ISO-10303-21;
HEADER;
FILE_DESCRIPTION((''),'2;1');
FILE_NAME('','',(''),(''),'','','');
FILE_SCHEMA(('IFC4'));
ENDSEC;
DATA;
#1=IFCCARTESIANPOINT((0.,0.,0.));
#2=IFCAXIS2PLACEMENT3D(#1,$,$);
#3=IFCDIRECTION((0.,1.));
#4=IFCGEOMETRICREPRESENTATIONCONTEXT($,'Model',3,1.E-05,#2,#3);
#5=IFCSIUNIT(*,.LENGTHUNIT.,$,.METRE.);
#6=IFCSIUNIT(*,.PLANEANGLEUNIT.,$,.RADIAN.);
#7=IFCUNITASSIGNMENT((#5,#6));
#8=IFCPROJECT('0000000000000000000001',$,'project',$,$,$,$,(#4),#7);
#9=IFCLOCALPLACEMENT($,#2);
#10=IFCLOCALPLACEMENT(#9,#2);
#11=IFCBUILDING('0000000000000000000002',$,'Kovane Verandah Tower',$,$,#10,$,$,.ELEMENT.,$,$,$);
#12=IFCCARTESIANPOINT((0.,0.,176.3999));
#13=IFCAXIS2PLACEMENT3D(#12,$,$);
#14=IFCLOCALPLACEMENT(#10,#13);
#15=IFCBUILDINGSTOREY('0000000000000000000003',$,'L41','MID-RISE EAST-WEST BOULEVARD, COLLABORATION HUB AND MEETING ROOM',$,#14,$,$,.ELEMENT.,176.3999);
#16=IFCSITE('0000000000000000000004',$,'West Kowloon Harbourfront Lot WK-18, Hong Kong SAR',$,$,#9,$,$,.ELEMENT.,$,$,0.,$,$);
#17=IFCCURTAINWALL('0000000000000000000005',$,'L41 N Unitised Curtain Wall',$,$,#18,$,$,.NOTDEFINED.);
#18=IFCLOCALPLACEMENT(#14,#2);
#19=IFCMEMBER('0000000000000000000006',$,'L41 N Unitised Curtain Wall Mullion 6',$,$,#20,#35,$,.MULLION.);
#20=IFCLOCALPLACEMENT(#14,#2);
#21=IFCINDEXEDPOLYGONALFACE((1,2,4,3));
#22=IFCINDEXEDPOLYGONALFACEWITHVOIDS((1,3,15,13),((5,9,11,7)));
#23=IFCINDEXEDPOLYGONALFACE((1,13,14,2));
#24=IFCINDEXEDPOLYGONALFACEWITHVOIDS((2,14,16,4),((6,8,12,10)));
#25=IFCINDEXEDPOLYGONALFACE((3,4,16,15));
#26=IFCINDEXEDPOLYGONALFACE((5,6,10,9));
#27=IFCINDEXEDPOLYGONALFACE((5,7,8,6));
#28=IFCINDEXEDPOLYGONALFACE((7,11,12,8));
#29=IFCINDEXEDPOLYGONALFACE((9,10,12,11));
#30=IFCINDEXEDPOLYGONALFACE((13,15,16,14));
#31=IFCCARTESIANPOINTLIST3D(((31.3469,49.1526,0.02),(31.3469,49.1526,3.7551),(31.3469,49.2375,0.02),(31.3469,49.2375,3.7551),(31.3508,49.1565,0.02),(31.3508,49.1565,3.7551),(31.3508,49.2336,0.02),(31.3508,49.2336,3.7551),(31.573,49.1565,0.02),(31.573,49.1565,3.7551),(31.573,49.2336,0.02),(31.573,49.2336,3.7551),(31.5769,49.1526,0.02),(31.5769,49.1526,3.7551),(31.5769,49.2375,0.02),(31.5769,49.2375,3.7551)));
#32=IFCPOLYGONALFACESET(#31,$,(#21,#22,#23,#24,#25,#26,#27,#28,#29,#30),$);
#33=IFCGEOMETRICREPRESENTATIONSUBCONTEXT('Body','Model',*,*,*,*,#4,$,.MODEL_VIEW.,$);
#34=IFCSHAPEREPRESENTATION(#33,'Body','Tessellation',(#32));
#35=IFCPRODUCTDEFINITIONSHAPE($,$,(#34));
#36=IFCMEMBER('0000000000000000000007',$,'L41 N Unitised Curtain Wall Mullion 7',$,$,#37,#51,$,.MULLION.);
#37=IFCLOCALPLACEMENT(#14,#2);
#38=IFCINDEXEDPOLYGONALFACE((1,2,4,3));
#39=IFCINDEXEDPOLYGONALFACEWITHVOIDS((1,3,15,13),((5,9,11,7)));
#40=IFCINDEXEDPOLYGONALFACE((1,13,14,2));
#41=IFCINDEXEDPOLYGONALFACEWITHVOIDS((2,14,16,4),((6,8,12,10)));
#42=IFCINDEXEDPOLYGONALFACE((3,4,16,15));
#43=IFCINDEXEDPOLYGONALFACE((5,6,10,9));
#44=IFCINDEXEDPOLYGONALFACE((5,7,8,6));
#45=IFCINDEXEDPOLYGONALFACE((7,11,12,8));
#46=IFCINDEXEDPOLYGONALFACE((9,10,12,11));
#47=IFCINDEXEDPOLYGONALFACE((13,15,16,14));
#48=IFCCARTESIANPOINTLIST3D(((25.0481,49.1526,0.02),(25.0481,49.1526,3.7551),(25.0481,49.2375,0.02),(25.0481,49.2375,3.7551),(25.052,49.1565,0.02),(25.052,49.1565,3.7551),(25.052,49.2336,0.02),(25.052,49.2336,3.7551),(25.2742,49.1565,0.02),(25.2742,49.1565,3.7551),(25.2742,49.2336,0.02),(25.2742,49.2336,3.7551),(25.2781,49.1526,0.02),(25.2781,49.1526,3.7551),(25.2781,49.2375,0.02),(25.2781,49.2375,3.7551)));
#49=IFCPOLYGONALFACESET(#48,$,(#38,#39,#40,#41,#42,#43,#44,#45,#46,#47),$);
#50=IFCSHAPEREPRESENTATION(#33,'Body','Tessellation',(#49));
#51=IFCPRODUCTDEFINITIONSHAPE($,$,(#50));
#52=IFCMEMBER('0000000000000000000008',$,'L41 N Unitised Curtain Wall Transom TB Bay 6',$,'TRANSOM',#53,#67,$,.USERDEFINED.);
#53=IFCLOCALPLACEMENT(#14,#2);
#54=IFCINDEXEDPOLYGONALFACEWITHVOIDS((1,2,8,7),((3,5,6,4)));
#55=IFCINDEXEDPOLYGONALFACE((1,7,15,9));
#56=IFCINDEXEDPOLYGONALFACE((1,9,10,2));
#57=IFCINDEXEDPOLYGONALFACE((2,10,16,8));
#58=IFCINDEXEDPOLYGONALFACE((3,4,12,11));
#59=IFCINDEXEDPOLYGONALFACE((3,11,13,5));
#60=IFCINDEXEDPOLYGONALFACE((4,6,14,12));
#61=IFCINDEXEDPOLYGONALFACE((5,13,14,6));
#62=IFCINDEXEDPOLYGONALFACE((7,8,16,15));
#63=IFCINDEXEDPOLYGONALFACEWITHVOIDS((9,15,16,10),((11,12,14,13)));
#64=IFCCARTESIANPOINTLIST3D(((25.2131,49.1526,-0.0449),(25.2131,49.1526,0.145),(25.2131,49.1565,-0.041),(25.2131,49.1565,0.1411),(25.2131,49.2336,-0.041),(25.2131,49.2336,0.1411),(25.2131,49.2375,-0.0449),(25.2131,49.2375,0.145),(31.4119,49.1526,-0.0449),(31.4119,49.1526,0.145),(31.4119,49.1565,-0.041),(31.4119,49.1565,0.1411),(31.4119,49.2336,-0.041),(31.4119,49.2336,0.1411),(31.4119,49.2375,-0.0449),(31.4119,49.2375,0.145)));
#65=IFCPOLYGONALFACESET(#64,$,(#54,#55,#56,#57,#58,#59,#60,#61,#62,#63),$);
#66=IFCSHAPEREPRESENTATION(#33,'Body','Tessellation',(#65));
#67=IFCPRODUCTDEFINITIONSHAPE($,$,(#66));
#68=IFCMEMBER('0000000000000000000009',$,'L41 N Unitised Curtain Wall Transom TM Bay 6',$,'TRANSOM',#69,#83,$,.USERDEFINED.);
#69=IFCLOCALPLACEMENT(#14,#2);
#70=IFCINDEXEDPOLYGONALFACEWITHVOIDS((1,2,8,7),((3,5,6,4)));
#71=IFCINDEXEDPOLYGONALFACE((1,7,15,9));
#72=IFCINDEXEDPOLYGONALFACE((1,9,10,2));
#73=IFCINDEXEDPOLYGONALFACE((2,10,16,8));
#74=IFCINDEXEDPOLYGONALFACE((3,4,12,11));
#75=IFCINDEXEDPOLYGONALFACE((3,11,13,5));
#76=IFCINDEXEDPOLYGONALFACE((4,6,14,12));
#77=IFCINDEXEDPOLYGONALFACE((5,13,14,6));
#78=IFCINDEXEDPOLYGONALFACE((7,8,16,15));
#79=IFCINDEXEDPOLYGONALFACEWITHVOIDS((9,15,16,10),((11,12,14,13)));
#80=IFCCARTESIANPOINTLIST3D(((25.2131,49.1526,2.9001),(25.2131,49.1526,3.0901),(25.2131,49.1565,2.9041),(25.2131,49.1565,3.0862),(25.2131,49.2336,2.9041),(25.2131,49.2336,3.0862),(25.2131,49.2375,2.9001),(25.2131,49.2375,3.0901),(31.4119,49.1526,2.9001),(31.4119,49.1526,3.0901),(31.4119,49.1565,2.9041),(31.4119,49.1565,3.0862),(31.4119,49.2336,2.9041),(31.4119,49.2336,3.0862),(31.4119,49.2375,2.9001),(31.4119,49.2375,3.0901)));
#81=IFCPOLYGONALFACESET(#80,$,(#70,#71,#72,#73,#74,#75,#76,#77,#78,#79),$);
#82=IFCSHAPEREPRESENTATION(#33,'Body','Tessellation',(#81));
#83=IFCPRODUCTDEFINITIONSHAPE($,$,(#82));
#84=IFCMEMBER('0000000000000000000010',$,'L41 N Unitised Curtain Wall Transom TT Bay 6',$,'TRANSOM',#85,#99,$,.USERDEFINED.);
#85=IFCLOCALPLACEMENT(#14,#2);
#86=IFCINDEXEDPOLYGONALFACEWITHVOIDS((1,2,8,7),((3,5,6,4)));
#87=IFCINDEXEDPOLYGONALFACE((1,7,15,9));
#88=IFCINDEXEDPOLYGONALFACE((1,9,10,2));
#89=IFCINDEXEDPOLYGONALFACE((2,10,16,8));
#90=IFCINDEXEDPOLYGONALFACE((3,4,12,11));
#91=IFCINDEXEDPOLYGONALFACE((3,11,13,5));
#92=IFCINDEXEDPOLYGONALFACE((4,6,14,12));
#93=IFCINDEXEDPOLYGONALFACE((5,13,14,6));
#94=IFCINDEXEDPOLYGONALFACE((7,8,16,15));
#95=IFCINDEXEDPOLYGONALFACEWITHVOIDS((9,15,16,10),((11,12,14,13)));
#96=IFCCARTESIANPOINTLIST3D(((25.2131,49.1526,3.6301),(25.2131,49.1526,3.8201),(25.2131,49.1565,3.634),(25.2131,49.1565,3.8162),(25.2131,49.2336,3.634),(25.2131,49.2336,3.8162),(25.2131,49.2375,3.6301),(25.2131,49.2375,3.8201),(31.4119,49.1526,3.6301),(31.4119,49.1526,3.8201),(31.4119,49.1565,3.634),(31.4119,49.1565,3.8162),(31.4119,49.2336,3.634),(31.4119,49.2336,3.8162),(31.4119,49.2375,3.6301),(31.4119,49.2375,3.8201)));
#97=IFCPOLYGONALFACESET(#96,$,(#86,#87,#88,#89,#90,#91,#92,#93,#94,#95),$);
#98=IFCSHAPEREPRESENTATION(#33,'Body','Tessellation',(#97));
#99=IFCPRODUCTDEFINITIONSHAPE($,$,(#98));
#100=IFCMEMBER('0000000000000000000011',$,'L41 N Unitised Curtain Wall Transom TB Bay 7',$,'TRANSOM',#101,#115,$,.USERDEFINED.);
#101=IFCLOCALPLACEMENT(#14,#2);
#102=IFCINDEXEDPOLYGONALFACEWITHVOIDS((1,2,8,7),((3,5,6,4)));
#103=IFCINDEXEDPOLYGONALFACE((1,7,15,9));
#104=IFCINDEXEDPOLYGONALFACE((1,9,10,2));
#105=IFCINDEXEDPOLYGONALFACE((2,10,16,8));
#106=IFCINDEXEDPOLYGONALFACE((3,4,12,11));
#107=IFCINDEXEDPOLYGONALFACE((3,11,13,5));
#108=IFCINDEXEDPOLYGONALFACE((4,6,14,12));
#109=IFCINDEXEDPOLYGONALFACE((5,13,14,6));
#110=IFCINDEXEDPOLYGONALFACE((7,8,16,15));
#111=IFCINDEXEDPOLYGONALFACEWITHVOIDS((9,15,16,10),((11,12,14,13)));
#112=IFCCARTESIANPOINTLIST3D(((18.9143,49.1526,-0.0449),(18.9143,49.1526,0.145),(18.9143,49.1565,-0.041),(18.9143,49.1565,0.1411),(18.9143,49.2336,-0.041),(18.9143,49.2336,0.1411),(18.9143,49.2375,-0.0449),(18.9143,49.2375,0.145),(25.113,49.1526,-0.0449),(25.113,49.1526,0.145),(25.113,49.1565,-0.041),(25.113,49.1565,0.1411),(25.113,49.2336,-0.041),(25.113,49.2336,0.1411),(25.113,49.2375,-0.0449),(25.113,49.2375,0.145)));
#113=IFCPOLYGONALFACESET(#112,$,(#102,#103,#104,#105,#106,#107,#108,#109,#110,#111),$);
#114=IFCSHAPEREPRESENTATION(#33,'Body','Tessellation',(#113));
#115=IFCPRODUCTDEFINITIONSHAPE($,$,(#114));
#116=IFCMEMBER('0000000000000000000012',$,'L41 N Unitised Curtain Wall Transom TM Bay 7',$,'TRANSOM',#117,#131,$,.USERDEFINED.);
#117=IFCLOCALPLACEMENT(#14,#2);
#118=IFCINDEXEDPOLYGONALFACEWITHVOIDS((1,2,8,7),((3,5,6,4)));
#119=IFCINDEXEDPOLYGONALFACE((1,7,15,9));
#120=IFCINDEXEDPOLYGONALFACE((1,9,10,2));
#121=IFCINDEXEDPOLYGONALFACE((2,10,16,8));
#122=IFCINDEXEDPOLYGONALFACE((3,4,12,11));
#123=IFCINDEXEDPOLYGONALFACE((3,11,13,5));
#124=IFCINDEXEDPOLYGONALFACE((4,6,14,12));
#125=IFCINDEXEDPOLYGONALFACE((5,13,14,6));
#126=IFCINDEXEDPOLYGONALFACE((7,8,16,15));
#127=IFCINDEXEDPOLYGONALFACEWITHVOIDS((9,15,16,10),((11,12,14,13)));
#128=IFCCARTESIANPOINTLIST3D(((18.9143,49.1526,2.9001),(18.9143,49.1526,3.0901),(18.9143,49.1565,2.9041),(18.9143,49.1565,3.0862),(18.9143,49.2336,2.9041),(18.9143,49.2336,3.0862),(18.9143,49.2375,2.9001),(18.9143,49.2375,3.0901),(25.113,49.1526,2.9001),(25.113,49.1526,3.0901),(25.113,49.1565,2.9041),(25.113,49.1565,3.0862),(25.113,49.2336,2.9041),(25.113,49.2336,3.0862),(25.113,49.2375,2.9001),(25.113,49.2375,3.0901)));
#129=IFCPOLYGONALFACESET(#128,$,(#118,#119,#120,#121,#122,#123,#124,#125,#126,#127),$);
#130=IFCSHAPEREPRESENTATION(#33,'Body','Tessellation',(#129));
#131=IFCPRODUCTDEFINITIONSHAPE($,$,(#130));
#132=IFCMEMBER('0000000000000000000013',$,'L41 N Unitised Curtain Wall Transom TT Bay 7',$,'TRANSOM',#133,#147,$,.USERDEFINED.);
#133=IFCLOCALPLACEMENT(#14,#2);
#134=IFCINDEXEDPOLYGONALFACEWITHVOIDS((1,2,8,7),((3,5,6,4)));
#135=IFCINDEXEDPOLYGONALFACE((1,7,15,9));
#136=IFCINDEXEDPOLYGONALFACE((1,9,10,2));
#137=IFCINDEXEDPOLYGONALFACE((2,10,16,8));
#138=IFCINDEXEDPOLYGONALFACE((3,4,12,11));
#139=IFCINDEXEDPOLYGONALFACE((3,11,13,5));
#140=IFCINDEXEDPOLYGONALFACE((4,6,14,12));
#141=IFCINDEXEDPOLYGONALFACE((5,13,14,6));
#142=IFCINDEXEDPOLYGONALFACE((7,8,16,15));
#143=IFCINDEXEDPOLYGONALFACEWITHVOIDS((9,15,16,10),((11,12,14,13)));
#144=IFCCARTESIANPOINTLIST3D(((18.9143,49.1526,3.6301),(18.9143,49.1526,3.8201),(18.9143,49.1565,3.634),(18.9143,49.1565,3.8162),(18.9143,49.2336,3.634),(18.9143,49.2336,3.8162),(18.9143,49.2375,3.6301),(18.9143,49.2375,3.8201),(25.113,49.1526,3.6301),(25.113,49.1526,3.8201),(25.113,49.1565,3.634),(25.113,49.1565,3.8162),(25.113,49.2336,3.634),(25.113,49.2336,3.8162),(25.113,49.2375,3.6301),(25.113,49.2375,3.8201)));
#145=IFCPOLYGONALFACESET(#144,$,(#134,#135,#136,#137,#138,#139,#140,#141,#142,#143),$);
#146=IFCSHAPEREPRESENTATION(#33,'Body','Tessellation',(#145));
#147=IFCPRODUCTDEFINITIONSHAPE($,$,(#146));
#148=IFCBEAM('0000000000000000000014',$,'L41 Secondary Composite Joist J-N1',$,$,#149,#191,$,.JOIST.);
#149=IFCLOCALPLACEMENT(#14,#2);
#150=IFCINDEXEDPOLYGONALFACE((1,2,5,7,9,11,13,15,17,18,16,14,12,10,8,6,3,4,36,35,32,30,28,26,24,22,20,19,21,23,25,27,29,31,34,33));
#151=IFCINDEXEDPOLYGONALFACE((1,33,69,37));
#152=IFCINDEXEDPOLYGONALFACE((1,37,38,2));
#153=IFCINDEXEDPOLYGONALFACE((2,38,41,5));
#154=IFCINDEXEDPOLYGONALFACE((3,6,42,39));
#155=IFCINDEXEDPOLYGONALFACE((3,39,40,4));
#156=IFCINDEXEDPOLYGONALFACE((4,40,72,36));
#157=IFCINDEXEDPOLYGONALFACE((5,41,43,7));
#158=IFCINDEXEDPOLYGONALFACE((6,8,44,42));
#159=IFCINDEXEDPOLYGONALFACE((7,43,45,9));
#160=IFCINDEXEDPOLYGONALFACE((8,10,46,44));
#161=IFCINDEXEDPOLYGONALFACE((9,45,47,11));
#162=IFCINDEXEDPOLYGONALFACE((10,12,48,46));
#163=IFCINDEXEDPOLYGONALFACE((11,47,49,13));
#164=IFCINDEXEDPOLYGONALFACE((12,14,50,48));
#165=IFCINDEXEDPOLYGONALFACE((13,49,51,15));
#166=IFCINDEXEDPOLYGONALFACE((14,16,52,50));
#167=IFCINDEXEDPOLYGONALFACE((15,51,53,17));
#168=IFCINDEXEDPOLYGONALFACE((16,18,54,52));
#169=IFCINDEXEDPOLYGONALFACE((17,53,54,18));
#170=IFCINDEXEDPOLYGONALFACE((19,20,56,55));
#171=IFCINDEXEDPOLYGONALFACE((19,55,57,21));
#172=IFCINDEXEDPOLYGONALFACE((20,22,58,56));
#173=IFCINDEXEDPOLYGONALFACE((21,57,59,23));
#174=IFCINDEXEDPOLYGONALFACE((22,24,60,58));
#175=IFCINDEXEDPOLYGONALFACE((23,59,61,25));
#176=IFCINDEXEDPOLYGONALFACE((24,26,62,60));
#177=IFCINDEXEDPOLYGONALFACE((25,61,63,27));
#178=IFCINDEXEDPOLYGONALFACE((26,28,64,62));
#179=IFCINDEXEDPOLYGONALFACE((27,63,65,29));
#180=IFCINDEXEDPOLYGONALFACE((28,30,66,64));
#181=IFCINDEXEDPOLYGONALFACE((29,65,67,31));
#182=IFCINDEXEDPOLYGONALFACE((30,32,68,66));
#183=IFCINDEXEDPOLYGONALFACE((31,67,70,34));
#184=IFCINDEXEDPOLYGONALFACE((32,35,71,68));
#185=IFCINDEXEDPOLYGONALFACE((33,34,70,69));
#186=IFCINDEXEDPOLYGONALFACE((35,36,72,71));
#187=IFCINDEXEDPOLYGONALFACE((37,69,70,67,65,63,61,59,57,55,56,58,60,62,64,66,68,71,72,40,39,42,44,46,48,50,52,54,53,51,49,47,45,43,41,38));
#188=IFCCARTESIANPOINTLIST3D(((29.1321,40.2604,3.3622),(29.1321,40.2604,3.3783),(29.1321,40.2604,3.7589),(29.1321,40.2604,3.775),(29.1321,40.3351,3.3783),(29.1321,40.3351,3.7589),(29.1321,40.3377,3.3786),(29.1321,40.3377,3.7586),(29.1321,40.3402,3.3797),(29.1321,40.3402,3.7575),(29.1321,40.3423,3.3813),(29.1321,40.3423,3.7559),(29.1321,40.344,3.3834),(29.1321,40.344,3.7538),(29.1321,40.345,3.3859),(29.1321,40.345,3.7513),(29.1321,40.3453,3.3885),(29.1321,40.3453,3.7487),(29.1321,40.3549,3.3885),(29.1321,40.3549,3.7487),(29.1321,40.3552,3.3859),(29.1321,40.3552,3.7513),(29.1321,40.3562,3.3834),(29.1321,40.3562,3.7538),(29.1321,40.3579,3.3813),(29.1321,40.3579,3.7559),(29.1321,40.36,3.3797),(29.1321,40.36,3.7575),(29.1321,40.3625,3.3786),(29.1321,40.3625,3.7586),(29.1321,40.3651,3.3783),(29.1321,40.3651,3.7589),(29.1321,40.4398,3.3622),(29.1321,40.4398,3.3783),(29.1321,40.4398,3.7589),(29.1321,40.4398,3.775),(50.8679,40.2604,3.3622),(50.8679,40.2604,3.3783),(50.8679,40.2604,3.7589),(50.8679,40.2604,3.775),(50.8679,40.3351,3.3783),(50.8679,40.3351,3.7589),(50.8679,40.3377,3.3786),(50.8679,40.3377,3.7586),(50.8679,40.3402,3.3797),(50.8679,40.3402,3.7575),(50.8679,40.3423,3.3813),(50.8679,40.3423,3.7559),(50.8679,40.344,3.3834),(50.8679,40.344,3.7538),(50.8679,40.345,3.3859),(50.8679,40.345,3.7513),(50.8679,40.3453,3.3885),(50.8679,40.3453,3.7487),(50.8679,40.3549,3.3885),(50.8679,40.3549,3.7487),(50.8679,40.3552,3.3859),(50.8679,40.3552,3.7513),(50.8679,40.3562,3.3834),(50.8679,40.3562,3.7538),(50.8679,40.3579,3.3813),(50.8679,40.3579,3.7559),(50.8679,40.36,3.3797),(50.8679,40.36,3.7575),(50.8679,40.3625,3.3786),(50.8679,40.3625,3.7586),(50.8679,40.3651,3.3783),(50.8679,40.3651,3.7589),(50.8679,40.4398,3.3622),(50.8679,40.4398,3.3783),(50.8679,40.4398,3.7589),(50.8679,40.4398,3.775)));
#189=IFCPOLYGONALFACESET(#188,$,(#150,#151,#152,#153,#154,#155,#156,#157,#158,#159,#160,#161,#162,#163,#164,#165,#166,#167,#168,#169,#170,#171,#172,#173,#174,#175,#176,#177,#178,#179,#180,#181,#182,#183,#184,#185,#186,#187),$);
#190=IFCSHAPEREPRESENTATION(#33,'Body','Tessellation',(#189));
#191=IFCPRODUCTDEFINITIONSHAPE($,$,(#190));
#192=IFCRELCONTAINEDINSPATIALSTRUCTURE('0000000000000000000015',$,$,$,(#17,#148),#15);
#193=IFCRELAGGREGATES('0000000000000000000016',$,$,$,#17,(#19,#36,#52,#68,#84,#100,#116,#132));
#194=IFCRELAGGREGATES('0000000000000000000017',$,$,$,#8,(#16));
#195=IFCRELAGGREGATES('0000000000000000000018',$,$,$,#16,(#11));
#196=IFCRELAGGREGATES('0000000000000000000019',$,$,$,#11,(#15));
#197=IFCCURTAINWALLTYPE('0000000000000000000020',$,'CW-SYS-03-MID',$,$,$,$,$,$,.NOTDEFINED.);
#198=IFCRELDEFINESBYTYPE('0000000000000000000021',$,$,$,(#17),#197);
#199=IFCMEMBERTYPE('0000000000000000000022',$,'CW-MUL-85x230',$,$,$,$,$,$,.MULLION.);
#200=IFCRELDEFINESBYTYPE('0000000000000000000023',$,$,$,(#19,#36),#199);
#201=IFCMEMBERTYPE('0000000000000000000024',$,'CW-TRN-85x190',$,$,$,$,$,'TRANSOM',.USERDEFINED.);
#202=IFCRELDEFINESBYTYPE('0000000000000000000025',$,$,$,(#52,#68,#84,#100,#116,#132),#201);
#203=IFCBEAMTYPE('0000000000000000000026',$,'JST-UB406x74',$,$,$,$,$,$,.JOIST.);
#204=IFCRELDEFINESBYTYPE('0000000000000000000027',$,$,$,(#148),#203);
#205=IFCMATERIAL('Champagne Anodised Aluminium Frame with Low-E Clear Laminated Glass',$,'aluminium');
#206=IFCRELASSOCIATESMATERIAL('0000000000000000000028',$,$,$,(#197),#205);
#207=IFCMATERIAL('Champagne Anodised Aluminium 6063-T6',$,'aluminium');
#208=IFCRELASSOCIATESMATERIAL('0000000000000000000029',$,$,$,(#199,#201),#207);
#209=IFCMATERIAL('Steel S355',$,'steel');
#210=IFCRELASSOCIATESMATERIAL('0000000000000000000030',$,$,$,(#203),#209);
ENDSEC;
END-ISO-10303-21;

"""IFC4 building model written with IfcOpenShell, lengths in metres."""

from ifc_helpers import new_model, si_unit, direction, frame, origin, origin_2d, place, context, subcontext, project, spatial, hollow_rectangle, i_section, extrude, material, material_profile, profile_set, type_object, element, aggregate, save


model = new_model("IFC4")

# Units and contexts
model_context = context("Model", 3, precision=1e-05, world=origin(), true_north=direction((0.0, 1.0)))
body_context = subcontext(model_context, "Body", "Model", "MODEL_VIEW")
ifc_project = project(units=[si_unit("LENGTHUNIT", "METRE"), si_unit("PLANEANGLEUNIT", "RADIAN")], contexts=[model_context])

# Site, building, storey
site_placement = place(None, origin())
site = spatial("IfcSite", under=ifc_project, at=site_placement, Name="West Kowloon Harbourfront Lot WK-18, Hong Kong SAR", CompositionType="ELEMENT", RefElevation=0.0)
building_placement = place(site_placement, origin())
building = spatial("IfcBuilding", under=site, at=building_placement, Name="Kovane Verandah Tower", CompositionType="ELEMENT")
storey_placement = place(building_placement, frame((0.0, 0.0, 176.3999)))
storey = spatial("IfcBuildingStorey", under=building, at=storey_placement, Name="L41", Description="MID-RISE EAST-WEST BOULEVARD, COLLABORATION HUB AND MEETING ROOM", CompositionType="ELEMENT", Elevation=176.3999)

# Shared definitions
ifc_material_1 = material(Name="Steel S355", Category="steel")

# Curtain wall, members
ifc_material_2 = material(Name="Champagne Anodised Aluminium Frame with Low-E Clear Laminated Glass", Category="aluminium")
curtain_wall_type = type_object("IfcCurtainWallType", Name="CW-SYS-03-MID", PredefinedType="NOTDEFINED", material=ifc_material_2)
curtain_wall_placement = place(storey_placement, origin())
curtain_wall = element("IfcCurtainWall", 1, at=curtain_wall_placement, inside=storey, type_object=curtain_wall_type, Name="L41 N Unitised Curtain Wall", PredefinedType="NOTDEFINED")
ifc_material_3 = material(Name="Champagne Anodised Aluminium 6063-T6", Category="aluminium")
ifc_material_profile_1 = material_profile(ifc_material_3, hollow_rectangle(XDim=0.085, YDim=0.23, WallThickness=0.0039, at=origin_2d()), Name="AL85x230x4")
ifc_profile_set_1 = profile_set([ifc_material_profile_1], Name="Champagne Anodised Aluminium 6063-T6")
member_type_1 = type_object("IfcMemberType", Name="CW-MUL-85x230", PredefinedType="MULLION", material=ifc_profile_set_1)
member_1_placement = place(storey_placement, frame((31.4619, 49.1951, 0.02), z_axis=(0.0, 0.0, 1.0), x_axis=(0.0, 1.0, 0.0)))
member_1 = element("IfcMember", 2, at=member_1_placement, type_object=member_type_1, Name="L41 N Unitised Curtain Wall Mullion 6", PredefinedType="MULLION", context=body_context, shape_type="SweptSolid", body=[
    extrude(hollow_rectangle(XDim=0.085, YDim=0.23, WallThickness=0.0039, at=origin_2d()), origin(), (0.0, 0.0, 1.0), 3.7351),
])
member_2_placement = place(storey_placement, frame((25.1631, 49.1951, 0.02), z_axis=(0.0, 0.0, 1.0), x_axis=(0.0, 1.0, 0.0)))
member_2 = element("IfcMember", 3, at=member_2_placement, type_object=member_type_1, Name="L41 N Unitised Curtain Wall Mullion 7", PredefinedType="MULLION", context=body_context, shape_type="SweptSolid", body=[
    extrude(hollow_rectangle(XDim=0.085, YDim=0.23, WallThickness=0.0039, at=origin_2d()), origin(), (0.0, 0.0, 1.0), 3.7351),
])
ifc_material_profile_2 = material_profile(ifc_material_3, hollow_rectangle(XDim=0.085, YDim=0.1899, WallThickness=0.0039, at=origin_2d()), Name="AL85x190x4")
ifc_profile_set_2 = profile_set([ifc_material_profile_2], Name="Champagne Anodised Aluminium 6063-T6")
member_type_2 = type_object("IfcMemberType", Name="CW-TRN-85x190", ElementType="TRANSOM", PredefinedType="USERDEFINED", material=ifc_profile_set_2)
member_3_placement = place(storey_placement, frame((31.4119, 49.1951, 0.05), z_axis=(-1.0, 0.0, 0.0), x_axis=(0.0, -1.0, 0.0)))
member_3 = element("IfcMember", 4, at=member_3_placement, type_object=member_type_2, Name="L41 N Unitised Curtain Wall Transom TB Bay 6", ObjectType="TRANSOM", PredefinedType="USERDEFINED", context=body_context, shape_type="SweptSolid", body=[
    extrude(hollow_rectangle(XDim=0.085, YDim=0.1899, WallThickness=0.0039, at=origin_2d()), origin(), (0.0, 0.0, 1.0), 6.1987),
])
member_4_placement = place(storey_placement, frame((31.4119, 49.1951, 2.9951), z_axis=(-1.0, 0.0, 0.0), x_axis=(0.0, -1.0, 0.0)))
member_4 = element("IfcMember", 5, at=member_4_placement, type_object=member_type_2, Name="L41 N Unitised Curtain Wall Transom TM Bay 6", ObjectType="TRANSOM", PredefinedType="USERDEFINED", context=body_context, shape_type="SweptSolid", body=[
    extrude(hollow_rectangle(XDim=0.085, YDim=0.1899, WallThickness=0.0039, at=origin_2d()), origin(), (0.0, 0.0, 1.0), 6.1987),
])
member_5_placement = place(storey_placement, frame((31.4119, 49.1951, 3.7251), z_axis=(-1.0, 0.0, 0.0), x_axis=(0.0, -1.0, 0.0)))
member_5 = element("IfcMember", 6, at=member_5_placement, type_object=member_type_2, Name="L41 N Unitised Curtain Wall Transom TT Bay 6", ObjectType="TRANSOM", PredefinedType="USERDEFINED", context=body_context, shape_type="SweptSolid", body=[
    extrude(hollow_rectangle(XDim=0.085, YDim=0.1899, WallThickness=0.0039, at=origin_2d()), origin(), (0.0, 0.0, 1.0), 6.1987),
])
member_6_placement = place(storey_placement, frame((25.113, 49.1951, 0.05), z_axis=(-1.0, 0.0, 0.0), x_axis=(0.0, -1.0, 0.0)))
member_6 = element("IfcMember", 7, at=member_6_placement, type_object=member_type_2, Name="L41 N Unitised Curtain Wall Transom TB Bay 7", ObjectType="TRANSOM", PredefinedType="USERDEFINED", context=body_context, shape_type="SweptSolid", body=[
    extrude(hollow_rectangle(XDim=0.085, YDim=0.1899, WallThickness=0.0039, at=origin_2d()), origin(), (0.0, 0.0, 1.0), 6.1987),
])
member_7_placement = place(storey_placement, frame((25.113, 49.1951, 2.9951), z_axis=(-1.0, 0.0, 0.0), x_axis=(0.0, -1.0, 0.0)))
member_7 = element("IfcMember", 8, at=member_7_placement, type_object=member_type_2, Name="L41 N Unitised Curtain Wall Transom TM Bay 7", ObjectType="TRANSOM", PredefinedType="USERDEFINED", context=body_context, shape_type="SweptSolid", body=[
    extrude(hollow_rectangle(XDim=0.085, YDim=0.1899, WallThickness=0.0039, at=origin_2d()), origin(), (0.0, 0.0, 1.0), 6.1987),
])
member_8_placement = place(storey_placement, frame((25.113, 49.1951, 3.7251), z_axis=(-1.0, 0.0, 0.0), x_axis=(0.0, -1.0, 0.0)))
member_8 = element("IfcMember", 9, at=member_8_placement, type_object=member_type_2, Name="L41 N Unitised Curtain Wall Transom TT Bay 7", ObjectType="TRANSOM", PredefinedType="USERDEFINED", context=body_context, shape_type="SweptSolid", body=[
    extrude(hollow_rectangle(XDim=0.085, YDim=0.1899, WallThickness=0.0039, at=origin_2d()), origin(), (0.0, 0.0, 1.0), 6.1987),
])

# Beam
ifc_material_profile_3 = material_profile(ifc_material_1, i_section(OverallWidth=0.1794, OverallDepth=0.4128, WebThickness=0.0095, FlangeThickness=0.0161, FilletRadius=0.0103, at=origin_2d()), Name="UB406x178x74")
ifc_profile_set_3 = profile_set([ifc_material_profile_3], Name="Steel S355")
beam_type_1 = type_object("IfcBeamType", Name="JST-UB406x74", PredefinedType="JOIST", material=ifc_profile_set_3)
beam_1_placement = place(storey_placement, frame((29.1321, 40.3501, 3.5686), z_axis=(1.0, 0.0, 0.0), x_axis=(0.0, 1.0, 0.0)))
element("IfcBeam", 10, at=beam_1_placement, inside=storey, type_object=beam_type_1, Name="L41 Secondary Composite Joist J-N1", PredefinedType="JOIST", context=body_context, shape_type="SweptSolid", body=[
    extrude(i_section(OverallWidth=0.1794, OverallDepth=0.4128, WebThickness=0.0095, FlangeThickness=0.0161, FilletRadius=0.0103, at=origin_2d()), origin(), (0.0, 0.0, 1.0), 21.7358),
])

aggregate(curtain_wall, [member_1, member_2, member_3, member_4, member_5, member_6, member_7, member_8])

save(model, "model.ifc")
